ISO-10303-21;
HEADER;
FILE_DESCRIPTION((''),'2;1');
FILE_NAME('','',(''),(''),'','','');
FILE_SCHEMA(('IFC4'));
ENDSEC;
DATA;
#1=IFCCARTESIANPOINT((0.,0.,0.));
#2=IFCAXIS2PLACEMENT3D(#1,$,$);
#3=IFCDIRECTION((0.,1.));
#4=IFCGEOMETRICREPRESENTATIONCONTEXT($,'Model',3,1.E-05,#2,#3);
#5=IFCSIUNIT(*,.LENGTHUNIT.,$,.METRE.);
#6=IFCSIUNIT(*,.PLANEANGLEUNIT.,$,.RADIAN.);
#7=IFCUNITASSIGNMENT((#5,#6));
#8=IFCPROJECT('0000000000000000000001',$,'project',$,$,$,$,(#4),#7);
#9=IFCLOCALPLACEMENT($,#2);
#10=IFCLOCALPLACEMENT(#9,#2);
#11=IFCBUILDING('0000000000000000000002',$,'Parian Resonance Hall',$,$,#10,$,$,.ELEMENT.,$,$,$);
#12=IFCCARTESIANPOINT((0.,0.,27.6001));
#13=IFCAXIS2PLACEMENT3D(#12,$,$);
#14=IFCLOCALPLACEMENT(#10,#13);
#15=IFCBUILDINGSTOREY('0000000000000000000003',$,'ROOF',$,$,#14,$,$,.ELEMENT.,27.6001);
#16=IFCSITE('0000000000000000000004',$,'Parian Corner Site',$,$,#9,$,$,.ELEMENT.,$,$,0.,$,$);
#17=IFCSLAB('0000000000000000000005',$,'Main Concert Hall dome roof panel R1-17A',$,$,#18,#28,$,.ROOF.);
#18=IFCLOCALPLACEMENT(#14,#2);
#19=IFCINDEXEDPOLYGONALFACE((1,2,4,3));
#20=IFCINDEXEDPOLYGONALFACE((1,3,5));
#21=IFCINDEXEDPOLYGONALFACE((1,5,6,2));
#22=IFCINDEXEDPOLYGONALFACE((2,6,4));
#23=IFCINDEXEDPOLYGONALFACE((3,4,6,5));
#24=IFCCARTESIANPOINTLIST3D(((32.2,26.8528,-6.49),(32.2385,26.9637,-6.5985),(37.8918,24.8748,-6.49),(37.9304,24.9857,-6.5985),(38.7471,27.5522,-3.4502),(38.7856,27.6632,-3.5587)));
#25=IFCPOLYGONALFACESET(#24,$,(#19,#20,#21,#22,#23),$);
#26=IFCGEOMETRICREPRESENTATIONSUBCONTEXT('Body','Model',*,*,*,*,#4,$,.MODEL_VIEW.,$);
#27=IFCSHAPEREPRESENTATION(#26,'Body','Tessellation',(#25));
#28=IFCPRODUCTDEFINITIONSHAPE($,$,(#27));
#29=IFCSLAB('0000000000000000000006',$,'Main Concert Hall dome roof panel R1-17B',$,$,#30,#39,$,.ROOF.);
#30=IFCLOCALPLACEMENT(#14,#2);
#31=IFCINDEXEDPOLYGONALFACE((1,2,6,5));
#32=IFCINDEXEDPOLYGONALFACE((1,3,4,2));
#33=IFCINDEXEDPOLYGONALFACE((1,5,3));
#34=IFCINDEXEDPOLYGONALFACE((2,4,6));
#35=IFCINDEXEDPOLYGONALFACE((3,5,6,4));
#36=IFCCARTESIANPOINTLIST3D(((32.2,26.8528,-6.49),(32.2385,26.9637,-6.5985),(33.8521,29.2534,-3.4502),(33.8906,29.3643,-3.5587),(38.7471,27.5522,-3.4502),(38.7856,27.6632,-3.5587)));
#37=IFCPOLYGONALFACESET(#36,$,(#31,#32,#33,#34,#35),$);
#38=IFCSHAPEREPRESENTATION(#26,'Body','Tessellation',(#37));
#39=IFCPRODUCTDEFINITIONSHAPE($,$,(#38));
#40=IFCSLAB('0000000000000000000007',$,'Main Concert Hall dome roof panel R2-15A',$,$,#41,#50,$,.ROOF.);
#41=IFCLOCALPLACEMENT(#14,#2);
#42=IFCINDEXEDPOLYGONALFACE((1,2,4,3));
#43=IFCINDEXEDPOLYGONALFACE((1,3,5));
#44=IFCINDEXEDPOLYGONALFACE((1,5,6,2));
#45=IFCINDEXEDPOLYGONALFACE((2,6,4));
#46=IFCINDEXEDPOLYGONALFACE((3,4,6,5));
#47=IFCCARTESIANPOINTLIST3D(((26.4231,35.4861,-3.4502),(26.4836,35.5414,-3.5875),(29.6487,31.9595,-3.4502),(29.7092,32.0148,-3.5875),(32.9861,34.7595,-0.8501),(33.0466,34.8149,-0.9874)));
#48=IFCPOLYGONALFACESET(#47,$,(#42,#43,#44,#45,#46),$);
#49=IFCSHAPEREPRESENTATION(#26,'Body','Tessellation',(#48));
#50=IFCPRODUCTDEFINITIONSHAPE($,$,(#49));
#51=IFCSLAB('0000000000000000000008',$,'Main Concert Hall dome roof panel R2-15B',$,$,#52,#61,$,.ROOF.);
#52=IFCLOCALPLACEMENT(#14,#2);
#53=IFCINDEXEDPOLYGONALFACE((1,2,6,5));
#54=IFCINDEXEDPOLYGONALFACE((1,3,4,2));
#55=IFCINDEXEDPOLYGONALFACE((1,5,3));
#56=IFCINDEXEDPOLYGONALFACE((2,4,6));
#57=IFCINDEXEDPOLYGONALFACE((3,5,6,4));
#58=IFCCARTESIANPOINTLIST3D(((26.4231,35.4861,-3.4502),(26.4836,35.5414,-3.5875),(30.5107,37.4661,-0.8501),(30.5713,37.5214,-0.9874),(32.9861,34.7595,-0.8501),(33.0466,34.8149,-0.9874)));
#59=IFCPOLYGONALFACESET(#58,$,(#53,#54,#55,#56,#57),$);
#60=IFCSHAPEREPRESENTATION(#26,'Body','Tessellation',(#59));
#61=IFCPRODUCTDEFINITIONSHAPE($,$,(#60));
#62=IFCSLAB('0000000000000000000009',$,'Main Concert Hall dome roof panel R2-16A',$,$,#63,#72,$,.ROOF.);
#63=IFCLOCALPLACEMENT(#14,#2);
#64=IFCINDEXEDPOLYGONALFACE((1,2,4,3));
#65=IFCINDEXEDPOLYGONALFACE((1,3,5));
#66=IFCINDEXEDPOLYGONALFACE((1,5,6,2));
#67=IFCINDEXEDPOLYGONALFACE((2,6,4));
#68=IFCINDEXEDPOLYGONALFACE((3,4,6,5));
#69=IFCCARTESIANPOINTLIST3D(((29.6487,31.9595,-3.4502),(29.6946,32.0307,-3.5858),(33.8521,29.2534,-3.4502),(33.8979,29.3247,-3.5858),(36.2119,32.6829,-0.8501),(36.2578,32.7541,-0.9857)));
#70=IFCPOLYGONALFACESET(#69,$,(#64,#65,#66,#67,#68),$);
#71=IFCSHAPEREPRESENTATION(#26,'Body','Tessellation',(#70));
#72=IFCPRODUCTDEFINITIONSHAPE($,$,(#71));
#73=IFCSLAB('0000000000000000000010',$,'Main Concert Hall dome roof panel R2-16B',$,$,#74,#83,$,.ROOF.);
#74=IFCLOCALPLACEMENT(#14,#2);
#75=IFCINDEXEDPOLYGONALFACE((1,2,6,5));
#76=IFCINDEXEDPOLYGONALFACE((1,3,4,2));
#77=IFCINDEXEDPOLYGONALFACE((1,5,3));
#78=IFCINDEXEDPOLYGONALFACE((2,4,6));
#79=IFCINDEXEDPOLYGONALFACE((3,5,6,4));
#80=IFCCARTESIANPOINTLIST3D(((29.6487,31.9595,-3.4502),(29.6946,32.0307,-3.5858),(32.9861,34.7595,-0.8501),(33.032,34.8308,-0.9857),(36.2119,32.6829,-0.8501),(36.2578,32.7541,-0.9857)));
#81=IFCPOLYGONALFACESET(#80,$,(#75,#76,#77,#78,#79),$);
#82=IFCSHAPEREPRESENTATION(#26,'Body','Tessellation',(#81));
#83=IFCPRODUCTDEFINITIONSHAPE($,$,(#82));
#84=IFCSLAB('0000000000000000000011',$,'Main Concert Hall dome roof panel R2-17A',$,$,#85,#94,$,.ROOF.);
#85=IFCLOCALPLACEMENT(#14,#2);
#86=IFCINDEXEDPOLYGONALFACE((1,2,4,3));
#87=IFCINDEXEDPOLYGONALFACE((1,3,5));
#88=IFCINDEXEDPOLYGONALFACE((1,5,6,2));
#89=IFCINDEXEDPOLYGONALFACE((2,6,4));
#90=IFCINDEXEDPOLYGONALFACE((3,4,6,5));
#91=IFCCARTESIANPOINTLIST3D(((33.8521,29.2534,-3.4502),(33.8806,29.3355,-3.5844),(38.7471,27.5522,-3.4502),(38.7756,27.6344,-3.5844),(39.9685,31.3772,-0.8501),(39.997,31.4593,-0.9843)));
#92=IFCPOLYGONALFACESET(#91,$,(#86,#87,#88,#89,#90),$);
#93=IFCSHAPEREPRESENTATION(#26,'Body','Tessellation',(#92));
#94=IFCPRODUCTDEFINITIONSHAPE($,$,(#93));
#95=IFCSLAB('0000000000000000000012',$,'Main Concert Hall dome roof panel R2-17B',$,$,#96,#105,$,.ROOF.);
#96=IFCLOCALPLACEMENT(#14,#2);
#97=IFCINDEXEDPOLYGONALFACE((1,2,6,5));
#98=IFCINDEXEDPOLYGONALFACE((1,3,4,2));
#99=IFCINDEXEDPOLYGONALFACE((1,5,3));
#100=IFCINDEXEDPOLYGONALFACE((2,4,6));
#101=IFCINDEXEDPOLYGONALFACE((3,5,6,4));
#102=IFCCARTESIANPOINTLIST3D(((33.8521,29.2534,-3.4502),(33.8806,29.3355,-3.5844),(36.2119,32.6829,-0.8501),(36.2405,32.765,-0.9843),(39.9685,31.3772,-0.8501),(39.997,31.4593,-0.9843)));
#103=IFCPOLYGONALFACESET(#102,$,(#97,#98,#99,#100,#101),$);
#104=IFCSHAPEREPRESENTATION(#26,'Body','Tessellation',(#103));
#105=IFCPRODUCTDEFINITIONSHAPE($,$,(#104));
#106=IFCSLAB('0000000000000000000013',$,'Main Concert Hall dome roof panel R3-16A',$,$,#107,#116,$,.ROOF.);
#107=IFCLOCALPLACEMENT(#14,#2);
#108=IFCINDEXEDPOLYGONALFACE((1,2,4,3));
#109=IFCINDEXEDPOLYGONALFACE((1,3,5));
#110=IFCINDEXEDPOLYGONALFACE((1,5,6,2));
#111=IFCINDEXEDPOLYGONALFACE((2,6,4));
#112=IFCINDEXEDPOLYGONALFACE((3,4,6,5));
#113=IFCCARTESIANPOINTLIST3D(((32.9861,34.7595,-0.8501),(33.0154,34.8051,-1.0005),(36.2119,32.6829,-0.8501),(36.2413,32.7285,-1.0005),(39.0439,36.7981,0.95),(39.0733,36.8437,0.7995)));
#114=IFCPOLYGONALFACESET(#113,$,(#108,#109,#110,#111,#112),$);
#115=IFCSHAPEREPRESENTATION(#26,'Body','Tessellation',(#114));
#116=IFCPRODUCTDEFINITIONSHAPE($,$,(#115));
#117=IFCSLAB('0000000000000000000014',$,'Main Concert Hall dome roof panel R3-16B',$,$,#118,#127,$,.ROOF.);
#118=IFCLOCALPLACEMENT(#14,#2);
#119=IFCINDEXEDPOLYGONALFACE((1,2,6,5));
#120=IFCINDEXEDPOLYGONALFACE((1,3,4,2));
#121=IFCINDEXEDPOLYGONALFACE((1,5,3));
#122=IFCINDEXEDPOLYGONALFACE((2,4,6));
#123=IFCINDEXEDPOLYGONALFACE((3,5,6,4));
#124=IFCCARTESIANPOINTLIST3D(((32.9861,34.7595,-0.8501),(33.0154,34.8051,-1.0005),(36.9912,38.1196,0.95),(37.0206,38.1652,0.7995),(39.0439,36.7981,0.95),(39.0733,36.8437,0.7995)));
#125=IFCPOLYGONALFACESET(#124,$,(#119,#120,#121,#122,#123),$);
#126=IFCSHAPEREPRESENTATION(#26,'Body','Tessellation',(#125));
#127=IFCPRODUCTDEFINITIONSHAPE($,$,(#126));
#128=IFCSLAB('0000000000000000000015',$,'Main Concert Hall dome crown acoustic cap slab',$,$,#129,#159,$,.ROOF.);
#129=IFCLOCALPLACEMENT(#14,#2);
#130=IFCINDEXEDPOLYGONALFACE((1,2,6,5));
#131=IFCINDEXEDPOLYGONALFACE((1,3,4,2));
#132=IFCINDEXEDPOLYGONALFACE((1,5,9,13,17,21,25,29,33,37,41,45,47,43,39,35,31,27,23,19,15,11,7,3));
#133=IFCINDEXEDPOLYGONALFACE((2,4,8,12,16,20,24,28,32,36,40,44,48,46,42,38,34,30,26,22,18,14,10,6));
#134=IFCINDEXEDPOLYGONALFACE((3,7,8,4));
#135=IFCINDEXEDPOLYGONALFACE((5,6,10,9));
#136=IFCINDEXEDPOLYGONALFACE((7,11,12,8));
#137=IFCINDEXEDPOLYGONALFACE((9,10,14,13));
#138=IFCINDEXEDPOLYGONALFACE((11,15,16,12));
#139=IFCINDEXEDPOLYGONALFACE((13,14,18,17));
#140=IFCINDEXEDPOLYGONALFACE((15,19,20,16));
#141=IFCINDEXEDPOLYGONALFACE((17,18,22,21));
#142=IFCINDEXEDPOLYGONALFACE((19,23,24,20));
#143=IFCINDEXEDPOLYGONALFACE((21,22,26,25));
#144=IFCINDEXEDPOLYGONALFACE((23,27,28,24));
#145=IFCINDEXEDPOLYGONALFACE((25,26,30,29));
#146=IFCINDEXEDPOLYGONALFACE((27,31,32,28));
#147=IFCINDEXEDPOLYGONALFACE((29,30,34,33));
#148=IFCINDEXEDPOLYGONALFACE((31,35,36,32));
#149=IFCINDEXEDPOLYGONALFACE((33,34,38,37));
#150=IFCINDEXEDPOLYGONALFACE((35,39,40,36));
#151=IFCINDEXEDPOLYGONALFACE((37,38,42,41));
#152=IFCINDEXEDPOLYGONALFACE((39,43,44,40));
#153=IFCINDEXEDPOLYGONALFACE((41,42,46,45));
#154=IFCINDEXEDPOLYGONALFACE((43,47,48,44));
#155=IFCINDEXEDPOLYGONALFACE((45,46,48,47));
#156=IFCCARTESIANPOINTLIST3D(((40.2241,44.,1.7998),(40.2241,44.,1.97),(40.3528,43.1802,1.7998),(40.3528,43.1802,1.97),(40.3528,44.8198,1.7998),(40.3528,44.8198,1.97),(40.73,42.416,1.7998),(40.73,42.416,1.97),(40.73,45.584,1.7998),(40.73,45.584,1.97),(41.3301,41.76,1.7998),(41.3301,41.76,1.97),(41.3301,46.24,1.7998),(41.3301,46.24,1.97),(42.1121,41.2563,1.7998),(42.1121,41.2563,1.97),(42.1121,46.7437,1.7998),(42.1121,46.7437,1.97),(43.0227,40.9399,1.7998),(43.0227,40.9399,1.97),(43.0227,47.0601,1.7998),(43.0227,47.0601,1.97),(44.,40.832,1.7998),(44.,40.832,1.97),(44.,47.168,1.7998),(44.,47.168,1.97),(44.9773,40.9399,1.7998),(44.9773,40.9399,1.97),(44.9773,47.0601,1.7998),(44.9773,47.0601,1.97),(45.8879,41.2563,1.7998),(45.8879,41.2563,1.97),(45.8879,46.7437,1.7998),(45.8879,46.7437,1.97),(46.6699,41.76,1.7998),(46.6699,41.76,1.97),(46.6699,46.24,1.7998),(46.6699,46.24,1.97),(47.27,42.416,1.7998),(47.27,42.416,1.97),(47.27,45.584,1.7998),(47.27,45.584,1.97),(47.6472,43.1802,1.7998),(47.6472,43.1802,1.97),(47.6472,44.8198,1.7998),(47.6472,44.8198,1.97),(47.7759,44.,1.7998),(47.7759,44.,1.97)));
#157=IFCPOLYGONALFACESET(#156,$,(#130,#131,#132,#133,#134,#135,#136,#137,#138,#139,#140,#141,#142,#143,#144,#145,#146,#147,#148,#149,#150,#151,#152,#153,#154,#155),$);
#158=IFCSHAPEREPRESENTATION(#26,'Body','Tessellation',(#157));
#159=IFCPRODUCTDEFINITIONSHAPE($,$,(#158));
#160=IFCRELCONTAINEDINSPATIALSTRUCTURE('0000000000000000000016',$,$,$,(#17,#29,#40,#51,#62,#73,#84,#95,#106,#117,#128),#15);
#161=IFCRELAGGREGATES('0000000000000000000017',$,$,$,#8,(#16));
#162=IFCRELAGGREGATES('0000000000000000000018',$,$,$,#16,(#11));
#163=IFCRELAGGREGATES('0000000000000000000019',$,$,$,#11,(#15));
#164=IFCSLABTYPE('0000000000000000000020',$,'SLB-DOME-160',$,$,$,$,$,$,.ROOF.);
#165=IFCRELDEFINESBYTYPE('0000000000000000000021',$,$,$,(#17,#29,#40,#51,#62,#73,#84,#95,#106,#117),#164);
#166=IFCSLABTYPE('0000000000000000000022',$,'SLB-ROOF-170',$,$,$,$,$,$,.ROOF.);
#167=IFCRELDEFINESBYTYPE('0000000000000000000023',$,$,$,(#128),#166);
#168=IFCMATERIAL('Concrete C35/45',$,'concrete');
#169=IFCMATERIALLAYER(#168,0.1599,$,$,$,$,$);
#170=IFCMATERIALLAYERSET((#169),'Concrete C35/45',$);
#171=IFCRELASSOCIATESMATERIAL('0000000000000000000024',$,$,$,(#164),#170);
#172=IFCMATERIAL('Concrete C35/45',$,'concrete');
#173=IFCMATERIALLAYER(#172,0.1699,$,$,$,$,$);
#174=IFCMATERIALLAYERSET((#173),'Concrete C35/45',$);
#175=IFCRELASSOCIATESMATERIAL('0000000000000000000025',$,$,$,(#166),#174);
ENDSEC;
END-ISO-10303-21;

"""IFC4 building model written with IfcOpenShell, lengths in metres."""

from ifc_helpers import new_model, si_unit, direction, frame, origin, place, context, subcontext, project, spatial, polyline, outline, extrude, material, layer, layer_set, type_object, element, save


model = new_model("IFC4")

# Units and contexts
model_context = context("Model", 3, precision=1e-05, world=origin(), true_north=direction((0.0, 1.0)))
body_context = subcontext(model_context, "Body", "Model", "MODEL_VIEW")
ifc_project = project(units=[si_unit("LENGTHUNIT", "METRE"), si_unit("PLANEANGLEUNIT", "RADIAN")], contexts=[model_context])

# Site, building, storey
site_placement = place(None, origin())
site = spatial("IfcSite", under=ifc_project, at=site_placement, Name="Parian Corner Site", CompositionType="ELEMENT", RefElevation=0.0)
building_placement = place(site_placement, origin())
building = spatial("IfcBuilding", under=site, at=building_placement, Name="Parian Resonance Hall", CompositionType="ELEMENT")
storey_placement = place(building_placement, frame((0.0, 0.0, 27.6001)))
storey = spatial("IfcBuildingStorey", under=building, at=storey_placement, Name="ROOF", CompositionType="ELEMENT", Elevation=27.6001)

# Slabs
ifc_material_1 = material(Name="Concrete C35/45", Category="concrete")
ifc_layer_1 = layer(ifc_material_1, 0.1599)
ifc_layer_set_1 = layer_set([ifc_layer_1], Name="Concrete C35/45")
slab_type_1 = type_object("IfcSlabType", Name="SLB-DOME-160", PredefinedType="ROOF", material=ifc_layer_set_1)
slab_1_placement = place(storey_placement, frame((32.2, 26.8528, -6.49), z_axis=(-0.241052, -0.693643, 0.678788), x_axis=(0.944587, -0.32826, 0.0)))
element("IfcSlab", 1, at=slab_1_placement, inside=storey, type_object=slab_type_1, Name="Main Concert Hall dome roof panel R1-17A", PredefinedType="ROOF", context=body_context, shape_type="SweptSolid", body=[
    extrude(outline(polyline([(0.0, 0.0), (6.0258, 0.0), (5.9547, 4.1395), (0.0, 0.0)])), origin(), (0.0, 0.0, -1.0), 0.1599),
])
slab_2_placement = place(storey_placement, frame((32.2, 26.8528, -6.49), z_axis=(-0.241058, -0.693631, 0.678798), x_axis=(0.902777, 0.096448, 0.419155)))
element("IfcSlab", 2, at=slab_2_placement, inside=storey, type_object=slab_type_1, Name="Main Concert Hall dome roof panel R1-17B", PredefinedType="ROOF", context=body_context, shape_type="SweptSolid", body=[
    extrude(outline(polyline([(0.0, 0.0), (7.2522, 0.0), (2.9972, 2.958), (0.0, 0.0)])), origin(), (0.0, 0.0, -1.0), 0.1599),
])
slab_3_placement = place(storey_placement, frame((26.4231, 35.4861, -3.4502), z_axis=(-0.378428, -0.346126, 0.858481), x_axis=(0.674912, -0.737898, 0.0)))
element("IfcSlab", 3, at=slab_3_placement, inside=storey, type_object=slab_type_1, Name="Main Concert Hall dome roof panel R2-15A", PredefinedType="ROOF", context=body_context, shape_type="SweptSolid", body=[
    extrude(outline(polyline([(0.0, 0.0), (4.7793, 0.0), (4.9656, 5.0699), (0.0, 0.0)])), origin(), (0.0, 0.0, -1.0), 0.1599),
])
slab_4_placement = place(storey_placement, frame((26.4231, 35.4861, -3.4502), z_axis=(-0.378429, -0.346102, 0.85849), x_axis=(0.924812, -0.102382, 0.366388)))
element("IfcSlab", 4, at=slab_4_placement, inside=storey, type_object=slab_type_1, Name="Main Concert Hall dome roof panel R2-15B", PredefinedType="ROOF", context=body_context, shape_type="SweptSolid", body=[
    extrude(outline(polyline([(0.0, 0.0), (7.0966, 0.0), (4.5302, 2.6204), (0.0, 0.0)])), origin(), (0.0, 0.0, -1.0), 0.1599),
])
slab_5_placement = place(storey_placement, frame((29.6487, 31.9595, -3.4502), z_axis=(-0.286852, -0.445573, 0.848045), x_axis=(0.840824, -0.541308, 0.0)))
element("IfcSlab", 5, at=slab_5_placement, inside=storey, type_object=slab_type_1, Name="Main Concert Hall dome roof panel R2-16A", PredefinedType="ROOF", context=body_context, shape_type="SweptSolid", body=[
    extrude(outline(polyline([(0.0, 0.0), (4.9991, 0.0), (5.127, 4.9065), (0.0, 0.0)])), origin(), (0.0, 0.0, -1.0), 0.1599),
])
slab_6_placement = place(storey_placement, frame((29.6487, 31.9595, -3.4502), z_axis=(-0.286849, -0.445584, 0.84804), x_axis=(0.924859, 0.101936, 0.366393)))
element("IfcSlab", 6, at=slab_6_placement, inside=storey, type_object=slab_type_1, Name="Main Concert Hall dome roof panel R2-16B", PredefinedType="ROOF", context=body_context, shape_type="SweptSolid", body=[
    extrude(outline(polyline([(0.0, 0.0), (7.0965, 0.0), (4.3247, 2.6525), (0.0, 0.0)])), origin(), (0.0, 0.0, -1.0), 0.1599),
])
slab_7_placement = place(storey_placement, frame((33.8521, 29.2534, -3.4502), z_axis=(-0.178471, -0.513541, 0.839299), x_axis=(0.944583, -0.328272, 0.0)))
element("IfcSlab", 7, at=slab_7_placement, inside=storey, type_object=slab_type_1, Name="Main Concert Hall dome roof panel R2-17A", PredefinedType="ROOF", context=body_context, shape_type="SweptSolid", body=[
    extrude(outline(polyline([(0.0, 0.0), (5.1822, 0.0), (5.0803, 4.7825), (0.0, 0.0)])), origin(), (0.0, 0.0, -1.0), 0.1599),
])
slab_8_placement = place(storey_placement, frame((33.8521, 29.2534, -3.4502), z_axis=(-0.178483, -0.513521, 0.839309), x_axis=(0.876629, 0.304386, 0.372654)))
element("IfcSlab", 8, at=slab_8_placement, inside=storey, type_object=slab_type_1, Name="Main Concert Hall dome roof panel R2-17B", PredefinedType="ROOF", context=body_context, shape_type="SweptSolid", body=[
    extrude(outline(polyline([(0.0, 0.0), (6.9772, 0.0), (4.0815, 2.7261), (0.0, 0.0)])), origin(), (0.0, 0.0, -1.0), 0.1599),
])
slab_9_placement = place(storey_placement, frame((32.9861, 34.7595, -0.8501), z_axis=(-0.183573, -0.285157, 0.940737), x_axis=(0.840833, -0.541295, 0.0)))
element("IfcSlab", 9, at=slab_9_placement, inside=storey, type_object=slab_type_1, Name="Main Concert Hall dome roof panel R3-16A", PredefinedType="ROOF", context=body_context, shape_type="SweptSolid", body=[
    extrude(outline(polyline([(0.0, 0.0), (3.8365, 0.0), (3.9902, 5.3077), (0.0, 0.0)])), origin(), (0.0, 0.0, -1.0), 0.1599),
])
slab_10_placement = place(storey_placement, frame((32.9861, 34.7595, -0.8501), z_axis=(-0.183576, -0.285149, 0.940739), x_axis=(0.912287, 0.307, 0.271079)))
element("IfcSlab", 10, at=slab_10_placement, inside=storey, type_object=slab_type_1, Name="Main Concert Hall dome roof panel R3-16B", PredefinedType="ROOF", context=body_context, shape_type="SweptSolid", body=[
    extrude(outline(polyline([(0.0, 0.0), (6.6403, 0.0), (5.1733, 1.9515), (0.0, 0.0)])), origin(), (0.0, 0.0, -1.0), 0.1599),
])
ifc_material_2 = material(Name="Concrete C35/45", Category="concrete")
ifc_layer_2 = layer(ifc_material_2, 0.1699)
ifc_layer_set_2 = layer_set([ifc_layer_2], Name="Concrete C35/45")
slab_type_2 = type_object("IfcSlabType", Name="SLB-ROOF-170", PredefinedType="ROOF", material=ifc_layer_set_2)
slab_11_placement = place(storey_placement, frame((0.0, 0.0, 1.7998)))
element("IfcSlab", 11, at=slab_11_placement, inside=storey, type_object=slab_type_2, Name="Main Concert Hall dome crown acoustic cap slab", PredefinedType="ROOF", context=body_context, shape_type="SweptSolid", body=[
    extrude(outline(polyline([(47.7759, 44.0), (47.6472, 44.8198), (47.27, 45.584), (46.6699, 46.24), (45.8879, 46.7437), (44.9773, 47.0601), (44.0, 47.168), (43.0227, 47.0601), (42.1121, 46.7437), (41.3301, 46.24), (40.73, 45.584), (40.3528, 44.8198), (40.2241, 44.0), (40.3528, 43.1802), (40.73, 42.416), (41.3301, 41.76), (42.1121, 41.2563), (43.0227, 40.9399), (44.0, 40.832), (44.9773, 40.9399), (45.8879, 41.2563), (46.6699, 41.76), (47.27, 42.416), (47.6472, 43.1802), (47.7759, 44.0)])), origin(), (0.0, 0.0, 1.0), 0.1702),
])

save(model, "model.ifc")
